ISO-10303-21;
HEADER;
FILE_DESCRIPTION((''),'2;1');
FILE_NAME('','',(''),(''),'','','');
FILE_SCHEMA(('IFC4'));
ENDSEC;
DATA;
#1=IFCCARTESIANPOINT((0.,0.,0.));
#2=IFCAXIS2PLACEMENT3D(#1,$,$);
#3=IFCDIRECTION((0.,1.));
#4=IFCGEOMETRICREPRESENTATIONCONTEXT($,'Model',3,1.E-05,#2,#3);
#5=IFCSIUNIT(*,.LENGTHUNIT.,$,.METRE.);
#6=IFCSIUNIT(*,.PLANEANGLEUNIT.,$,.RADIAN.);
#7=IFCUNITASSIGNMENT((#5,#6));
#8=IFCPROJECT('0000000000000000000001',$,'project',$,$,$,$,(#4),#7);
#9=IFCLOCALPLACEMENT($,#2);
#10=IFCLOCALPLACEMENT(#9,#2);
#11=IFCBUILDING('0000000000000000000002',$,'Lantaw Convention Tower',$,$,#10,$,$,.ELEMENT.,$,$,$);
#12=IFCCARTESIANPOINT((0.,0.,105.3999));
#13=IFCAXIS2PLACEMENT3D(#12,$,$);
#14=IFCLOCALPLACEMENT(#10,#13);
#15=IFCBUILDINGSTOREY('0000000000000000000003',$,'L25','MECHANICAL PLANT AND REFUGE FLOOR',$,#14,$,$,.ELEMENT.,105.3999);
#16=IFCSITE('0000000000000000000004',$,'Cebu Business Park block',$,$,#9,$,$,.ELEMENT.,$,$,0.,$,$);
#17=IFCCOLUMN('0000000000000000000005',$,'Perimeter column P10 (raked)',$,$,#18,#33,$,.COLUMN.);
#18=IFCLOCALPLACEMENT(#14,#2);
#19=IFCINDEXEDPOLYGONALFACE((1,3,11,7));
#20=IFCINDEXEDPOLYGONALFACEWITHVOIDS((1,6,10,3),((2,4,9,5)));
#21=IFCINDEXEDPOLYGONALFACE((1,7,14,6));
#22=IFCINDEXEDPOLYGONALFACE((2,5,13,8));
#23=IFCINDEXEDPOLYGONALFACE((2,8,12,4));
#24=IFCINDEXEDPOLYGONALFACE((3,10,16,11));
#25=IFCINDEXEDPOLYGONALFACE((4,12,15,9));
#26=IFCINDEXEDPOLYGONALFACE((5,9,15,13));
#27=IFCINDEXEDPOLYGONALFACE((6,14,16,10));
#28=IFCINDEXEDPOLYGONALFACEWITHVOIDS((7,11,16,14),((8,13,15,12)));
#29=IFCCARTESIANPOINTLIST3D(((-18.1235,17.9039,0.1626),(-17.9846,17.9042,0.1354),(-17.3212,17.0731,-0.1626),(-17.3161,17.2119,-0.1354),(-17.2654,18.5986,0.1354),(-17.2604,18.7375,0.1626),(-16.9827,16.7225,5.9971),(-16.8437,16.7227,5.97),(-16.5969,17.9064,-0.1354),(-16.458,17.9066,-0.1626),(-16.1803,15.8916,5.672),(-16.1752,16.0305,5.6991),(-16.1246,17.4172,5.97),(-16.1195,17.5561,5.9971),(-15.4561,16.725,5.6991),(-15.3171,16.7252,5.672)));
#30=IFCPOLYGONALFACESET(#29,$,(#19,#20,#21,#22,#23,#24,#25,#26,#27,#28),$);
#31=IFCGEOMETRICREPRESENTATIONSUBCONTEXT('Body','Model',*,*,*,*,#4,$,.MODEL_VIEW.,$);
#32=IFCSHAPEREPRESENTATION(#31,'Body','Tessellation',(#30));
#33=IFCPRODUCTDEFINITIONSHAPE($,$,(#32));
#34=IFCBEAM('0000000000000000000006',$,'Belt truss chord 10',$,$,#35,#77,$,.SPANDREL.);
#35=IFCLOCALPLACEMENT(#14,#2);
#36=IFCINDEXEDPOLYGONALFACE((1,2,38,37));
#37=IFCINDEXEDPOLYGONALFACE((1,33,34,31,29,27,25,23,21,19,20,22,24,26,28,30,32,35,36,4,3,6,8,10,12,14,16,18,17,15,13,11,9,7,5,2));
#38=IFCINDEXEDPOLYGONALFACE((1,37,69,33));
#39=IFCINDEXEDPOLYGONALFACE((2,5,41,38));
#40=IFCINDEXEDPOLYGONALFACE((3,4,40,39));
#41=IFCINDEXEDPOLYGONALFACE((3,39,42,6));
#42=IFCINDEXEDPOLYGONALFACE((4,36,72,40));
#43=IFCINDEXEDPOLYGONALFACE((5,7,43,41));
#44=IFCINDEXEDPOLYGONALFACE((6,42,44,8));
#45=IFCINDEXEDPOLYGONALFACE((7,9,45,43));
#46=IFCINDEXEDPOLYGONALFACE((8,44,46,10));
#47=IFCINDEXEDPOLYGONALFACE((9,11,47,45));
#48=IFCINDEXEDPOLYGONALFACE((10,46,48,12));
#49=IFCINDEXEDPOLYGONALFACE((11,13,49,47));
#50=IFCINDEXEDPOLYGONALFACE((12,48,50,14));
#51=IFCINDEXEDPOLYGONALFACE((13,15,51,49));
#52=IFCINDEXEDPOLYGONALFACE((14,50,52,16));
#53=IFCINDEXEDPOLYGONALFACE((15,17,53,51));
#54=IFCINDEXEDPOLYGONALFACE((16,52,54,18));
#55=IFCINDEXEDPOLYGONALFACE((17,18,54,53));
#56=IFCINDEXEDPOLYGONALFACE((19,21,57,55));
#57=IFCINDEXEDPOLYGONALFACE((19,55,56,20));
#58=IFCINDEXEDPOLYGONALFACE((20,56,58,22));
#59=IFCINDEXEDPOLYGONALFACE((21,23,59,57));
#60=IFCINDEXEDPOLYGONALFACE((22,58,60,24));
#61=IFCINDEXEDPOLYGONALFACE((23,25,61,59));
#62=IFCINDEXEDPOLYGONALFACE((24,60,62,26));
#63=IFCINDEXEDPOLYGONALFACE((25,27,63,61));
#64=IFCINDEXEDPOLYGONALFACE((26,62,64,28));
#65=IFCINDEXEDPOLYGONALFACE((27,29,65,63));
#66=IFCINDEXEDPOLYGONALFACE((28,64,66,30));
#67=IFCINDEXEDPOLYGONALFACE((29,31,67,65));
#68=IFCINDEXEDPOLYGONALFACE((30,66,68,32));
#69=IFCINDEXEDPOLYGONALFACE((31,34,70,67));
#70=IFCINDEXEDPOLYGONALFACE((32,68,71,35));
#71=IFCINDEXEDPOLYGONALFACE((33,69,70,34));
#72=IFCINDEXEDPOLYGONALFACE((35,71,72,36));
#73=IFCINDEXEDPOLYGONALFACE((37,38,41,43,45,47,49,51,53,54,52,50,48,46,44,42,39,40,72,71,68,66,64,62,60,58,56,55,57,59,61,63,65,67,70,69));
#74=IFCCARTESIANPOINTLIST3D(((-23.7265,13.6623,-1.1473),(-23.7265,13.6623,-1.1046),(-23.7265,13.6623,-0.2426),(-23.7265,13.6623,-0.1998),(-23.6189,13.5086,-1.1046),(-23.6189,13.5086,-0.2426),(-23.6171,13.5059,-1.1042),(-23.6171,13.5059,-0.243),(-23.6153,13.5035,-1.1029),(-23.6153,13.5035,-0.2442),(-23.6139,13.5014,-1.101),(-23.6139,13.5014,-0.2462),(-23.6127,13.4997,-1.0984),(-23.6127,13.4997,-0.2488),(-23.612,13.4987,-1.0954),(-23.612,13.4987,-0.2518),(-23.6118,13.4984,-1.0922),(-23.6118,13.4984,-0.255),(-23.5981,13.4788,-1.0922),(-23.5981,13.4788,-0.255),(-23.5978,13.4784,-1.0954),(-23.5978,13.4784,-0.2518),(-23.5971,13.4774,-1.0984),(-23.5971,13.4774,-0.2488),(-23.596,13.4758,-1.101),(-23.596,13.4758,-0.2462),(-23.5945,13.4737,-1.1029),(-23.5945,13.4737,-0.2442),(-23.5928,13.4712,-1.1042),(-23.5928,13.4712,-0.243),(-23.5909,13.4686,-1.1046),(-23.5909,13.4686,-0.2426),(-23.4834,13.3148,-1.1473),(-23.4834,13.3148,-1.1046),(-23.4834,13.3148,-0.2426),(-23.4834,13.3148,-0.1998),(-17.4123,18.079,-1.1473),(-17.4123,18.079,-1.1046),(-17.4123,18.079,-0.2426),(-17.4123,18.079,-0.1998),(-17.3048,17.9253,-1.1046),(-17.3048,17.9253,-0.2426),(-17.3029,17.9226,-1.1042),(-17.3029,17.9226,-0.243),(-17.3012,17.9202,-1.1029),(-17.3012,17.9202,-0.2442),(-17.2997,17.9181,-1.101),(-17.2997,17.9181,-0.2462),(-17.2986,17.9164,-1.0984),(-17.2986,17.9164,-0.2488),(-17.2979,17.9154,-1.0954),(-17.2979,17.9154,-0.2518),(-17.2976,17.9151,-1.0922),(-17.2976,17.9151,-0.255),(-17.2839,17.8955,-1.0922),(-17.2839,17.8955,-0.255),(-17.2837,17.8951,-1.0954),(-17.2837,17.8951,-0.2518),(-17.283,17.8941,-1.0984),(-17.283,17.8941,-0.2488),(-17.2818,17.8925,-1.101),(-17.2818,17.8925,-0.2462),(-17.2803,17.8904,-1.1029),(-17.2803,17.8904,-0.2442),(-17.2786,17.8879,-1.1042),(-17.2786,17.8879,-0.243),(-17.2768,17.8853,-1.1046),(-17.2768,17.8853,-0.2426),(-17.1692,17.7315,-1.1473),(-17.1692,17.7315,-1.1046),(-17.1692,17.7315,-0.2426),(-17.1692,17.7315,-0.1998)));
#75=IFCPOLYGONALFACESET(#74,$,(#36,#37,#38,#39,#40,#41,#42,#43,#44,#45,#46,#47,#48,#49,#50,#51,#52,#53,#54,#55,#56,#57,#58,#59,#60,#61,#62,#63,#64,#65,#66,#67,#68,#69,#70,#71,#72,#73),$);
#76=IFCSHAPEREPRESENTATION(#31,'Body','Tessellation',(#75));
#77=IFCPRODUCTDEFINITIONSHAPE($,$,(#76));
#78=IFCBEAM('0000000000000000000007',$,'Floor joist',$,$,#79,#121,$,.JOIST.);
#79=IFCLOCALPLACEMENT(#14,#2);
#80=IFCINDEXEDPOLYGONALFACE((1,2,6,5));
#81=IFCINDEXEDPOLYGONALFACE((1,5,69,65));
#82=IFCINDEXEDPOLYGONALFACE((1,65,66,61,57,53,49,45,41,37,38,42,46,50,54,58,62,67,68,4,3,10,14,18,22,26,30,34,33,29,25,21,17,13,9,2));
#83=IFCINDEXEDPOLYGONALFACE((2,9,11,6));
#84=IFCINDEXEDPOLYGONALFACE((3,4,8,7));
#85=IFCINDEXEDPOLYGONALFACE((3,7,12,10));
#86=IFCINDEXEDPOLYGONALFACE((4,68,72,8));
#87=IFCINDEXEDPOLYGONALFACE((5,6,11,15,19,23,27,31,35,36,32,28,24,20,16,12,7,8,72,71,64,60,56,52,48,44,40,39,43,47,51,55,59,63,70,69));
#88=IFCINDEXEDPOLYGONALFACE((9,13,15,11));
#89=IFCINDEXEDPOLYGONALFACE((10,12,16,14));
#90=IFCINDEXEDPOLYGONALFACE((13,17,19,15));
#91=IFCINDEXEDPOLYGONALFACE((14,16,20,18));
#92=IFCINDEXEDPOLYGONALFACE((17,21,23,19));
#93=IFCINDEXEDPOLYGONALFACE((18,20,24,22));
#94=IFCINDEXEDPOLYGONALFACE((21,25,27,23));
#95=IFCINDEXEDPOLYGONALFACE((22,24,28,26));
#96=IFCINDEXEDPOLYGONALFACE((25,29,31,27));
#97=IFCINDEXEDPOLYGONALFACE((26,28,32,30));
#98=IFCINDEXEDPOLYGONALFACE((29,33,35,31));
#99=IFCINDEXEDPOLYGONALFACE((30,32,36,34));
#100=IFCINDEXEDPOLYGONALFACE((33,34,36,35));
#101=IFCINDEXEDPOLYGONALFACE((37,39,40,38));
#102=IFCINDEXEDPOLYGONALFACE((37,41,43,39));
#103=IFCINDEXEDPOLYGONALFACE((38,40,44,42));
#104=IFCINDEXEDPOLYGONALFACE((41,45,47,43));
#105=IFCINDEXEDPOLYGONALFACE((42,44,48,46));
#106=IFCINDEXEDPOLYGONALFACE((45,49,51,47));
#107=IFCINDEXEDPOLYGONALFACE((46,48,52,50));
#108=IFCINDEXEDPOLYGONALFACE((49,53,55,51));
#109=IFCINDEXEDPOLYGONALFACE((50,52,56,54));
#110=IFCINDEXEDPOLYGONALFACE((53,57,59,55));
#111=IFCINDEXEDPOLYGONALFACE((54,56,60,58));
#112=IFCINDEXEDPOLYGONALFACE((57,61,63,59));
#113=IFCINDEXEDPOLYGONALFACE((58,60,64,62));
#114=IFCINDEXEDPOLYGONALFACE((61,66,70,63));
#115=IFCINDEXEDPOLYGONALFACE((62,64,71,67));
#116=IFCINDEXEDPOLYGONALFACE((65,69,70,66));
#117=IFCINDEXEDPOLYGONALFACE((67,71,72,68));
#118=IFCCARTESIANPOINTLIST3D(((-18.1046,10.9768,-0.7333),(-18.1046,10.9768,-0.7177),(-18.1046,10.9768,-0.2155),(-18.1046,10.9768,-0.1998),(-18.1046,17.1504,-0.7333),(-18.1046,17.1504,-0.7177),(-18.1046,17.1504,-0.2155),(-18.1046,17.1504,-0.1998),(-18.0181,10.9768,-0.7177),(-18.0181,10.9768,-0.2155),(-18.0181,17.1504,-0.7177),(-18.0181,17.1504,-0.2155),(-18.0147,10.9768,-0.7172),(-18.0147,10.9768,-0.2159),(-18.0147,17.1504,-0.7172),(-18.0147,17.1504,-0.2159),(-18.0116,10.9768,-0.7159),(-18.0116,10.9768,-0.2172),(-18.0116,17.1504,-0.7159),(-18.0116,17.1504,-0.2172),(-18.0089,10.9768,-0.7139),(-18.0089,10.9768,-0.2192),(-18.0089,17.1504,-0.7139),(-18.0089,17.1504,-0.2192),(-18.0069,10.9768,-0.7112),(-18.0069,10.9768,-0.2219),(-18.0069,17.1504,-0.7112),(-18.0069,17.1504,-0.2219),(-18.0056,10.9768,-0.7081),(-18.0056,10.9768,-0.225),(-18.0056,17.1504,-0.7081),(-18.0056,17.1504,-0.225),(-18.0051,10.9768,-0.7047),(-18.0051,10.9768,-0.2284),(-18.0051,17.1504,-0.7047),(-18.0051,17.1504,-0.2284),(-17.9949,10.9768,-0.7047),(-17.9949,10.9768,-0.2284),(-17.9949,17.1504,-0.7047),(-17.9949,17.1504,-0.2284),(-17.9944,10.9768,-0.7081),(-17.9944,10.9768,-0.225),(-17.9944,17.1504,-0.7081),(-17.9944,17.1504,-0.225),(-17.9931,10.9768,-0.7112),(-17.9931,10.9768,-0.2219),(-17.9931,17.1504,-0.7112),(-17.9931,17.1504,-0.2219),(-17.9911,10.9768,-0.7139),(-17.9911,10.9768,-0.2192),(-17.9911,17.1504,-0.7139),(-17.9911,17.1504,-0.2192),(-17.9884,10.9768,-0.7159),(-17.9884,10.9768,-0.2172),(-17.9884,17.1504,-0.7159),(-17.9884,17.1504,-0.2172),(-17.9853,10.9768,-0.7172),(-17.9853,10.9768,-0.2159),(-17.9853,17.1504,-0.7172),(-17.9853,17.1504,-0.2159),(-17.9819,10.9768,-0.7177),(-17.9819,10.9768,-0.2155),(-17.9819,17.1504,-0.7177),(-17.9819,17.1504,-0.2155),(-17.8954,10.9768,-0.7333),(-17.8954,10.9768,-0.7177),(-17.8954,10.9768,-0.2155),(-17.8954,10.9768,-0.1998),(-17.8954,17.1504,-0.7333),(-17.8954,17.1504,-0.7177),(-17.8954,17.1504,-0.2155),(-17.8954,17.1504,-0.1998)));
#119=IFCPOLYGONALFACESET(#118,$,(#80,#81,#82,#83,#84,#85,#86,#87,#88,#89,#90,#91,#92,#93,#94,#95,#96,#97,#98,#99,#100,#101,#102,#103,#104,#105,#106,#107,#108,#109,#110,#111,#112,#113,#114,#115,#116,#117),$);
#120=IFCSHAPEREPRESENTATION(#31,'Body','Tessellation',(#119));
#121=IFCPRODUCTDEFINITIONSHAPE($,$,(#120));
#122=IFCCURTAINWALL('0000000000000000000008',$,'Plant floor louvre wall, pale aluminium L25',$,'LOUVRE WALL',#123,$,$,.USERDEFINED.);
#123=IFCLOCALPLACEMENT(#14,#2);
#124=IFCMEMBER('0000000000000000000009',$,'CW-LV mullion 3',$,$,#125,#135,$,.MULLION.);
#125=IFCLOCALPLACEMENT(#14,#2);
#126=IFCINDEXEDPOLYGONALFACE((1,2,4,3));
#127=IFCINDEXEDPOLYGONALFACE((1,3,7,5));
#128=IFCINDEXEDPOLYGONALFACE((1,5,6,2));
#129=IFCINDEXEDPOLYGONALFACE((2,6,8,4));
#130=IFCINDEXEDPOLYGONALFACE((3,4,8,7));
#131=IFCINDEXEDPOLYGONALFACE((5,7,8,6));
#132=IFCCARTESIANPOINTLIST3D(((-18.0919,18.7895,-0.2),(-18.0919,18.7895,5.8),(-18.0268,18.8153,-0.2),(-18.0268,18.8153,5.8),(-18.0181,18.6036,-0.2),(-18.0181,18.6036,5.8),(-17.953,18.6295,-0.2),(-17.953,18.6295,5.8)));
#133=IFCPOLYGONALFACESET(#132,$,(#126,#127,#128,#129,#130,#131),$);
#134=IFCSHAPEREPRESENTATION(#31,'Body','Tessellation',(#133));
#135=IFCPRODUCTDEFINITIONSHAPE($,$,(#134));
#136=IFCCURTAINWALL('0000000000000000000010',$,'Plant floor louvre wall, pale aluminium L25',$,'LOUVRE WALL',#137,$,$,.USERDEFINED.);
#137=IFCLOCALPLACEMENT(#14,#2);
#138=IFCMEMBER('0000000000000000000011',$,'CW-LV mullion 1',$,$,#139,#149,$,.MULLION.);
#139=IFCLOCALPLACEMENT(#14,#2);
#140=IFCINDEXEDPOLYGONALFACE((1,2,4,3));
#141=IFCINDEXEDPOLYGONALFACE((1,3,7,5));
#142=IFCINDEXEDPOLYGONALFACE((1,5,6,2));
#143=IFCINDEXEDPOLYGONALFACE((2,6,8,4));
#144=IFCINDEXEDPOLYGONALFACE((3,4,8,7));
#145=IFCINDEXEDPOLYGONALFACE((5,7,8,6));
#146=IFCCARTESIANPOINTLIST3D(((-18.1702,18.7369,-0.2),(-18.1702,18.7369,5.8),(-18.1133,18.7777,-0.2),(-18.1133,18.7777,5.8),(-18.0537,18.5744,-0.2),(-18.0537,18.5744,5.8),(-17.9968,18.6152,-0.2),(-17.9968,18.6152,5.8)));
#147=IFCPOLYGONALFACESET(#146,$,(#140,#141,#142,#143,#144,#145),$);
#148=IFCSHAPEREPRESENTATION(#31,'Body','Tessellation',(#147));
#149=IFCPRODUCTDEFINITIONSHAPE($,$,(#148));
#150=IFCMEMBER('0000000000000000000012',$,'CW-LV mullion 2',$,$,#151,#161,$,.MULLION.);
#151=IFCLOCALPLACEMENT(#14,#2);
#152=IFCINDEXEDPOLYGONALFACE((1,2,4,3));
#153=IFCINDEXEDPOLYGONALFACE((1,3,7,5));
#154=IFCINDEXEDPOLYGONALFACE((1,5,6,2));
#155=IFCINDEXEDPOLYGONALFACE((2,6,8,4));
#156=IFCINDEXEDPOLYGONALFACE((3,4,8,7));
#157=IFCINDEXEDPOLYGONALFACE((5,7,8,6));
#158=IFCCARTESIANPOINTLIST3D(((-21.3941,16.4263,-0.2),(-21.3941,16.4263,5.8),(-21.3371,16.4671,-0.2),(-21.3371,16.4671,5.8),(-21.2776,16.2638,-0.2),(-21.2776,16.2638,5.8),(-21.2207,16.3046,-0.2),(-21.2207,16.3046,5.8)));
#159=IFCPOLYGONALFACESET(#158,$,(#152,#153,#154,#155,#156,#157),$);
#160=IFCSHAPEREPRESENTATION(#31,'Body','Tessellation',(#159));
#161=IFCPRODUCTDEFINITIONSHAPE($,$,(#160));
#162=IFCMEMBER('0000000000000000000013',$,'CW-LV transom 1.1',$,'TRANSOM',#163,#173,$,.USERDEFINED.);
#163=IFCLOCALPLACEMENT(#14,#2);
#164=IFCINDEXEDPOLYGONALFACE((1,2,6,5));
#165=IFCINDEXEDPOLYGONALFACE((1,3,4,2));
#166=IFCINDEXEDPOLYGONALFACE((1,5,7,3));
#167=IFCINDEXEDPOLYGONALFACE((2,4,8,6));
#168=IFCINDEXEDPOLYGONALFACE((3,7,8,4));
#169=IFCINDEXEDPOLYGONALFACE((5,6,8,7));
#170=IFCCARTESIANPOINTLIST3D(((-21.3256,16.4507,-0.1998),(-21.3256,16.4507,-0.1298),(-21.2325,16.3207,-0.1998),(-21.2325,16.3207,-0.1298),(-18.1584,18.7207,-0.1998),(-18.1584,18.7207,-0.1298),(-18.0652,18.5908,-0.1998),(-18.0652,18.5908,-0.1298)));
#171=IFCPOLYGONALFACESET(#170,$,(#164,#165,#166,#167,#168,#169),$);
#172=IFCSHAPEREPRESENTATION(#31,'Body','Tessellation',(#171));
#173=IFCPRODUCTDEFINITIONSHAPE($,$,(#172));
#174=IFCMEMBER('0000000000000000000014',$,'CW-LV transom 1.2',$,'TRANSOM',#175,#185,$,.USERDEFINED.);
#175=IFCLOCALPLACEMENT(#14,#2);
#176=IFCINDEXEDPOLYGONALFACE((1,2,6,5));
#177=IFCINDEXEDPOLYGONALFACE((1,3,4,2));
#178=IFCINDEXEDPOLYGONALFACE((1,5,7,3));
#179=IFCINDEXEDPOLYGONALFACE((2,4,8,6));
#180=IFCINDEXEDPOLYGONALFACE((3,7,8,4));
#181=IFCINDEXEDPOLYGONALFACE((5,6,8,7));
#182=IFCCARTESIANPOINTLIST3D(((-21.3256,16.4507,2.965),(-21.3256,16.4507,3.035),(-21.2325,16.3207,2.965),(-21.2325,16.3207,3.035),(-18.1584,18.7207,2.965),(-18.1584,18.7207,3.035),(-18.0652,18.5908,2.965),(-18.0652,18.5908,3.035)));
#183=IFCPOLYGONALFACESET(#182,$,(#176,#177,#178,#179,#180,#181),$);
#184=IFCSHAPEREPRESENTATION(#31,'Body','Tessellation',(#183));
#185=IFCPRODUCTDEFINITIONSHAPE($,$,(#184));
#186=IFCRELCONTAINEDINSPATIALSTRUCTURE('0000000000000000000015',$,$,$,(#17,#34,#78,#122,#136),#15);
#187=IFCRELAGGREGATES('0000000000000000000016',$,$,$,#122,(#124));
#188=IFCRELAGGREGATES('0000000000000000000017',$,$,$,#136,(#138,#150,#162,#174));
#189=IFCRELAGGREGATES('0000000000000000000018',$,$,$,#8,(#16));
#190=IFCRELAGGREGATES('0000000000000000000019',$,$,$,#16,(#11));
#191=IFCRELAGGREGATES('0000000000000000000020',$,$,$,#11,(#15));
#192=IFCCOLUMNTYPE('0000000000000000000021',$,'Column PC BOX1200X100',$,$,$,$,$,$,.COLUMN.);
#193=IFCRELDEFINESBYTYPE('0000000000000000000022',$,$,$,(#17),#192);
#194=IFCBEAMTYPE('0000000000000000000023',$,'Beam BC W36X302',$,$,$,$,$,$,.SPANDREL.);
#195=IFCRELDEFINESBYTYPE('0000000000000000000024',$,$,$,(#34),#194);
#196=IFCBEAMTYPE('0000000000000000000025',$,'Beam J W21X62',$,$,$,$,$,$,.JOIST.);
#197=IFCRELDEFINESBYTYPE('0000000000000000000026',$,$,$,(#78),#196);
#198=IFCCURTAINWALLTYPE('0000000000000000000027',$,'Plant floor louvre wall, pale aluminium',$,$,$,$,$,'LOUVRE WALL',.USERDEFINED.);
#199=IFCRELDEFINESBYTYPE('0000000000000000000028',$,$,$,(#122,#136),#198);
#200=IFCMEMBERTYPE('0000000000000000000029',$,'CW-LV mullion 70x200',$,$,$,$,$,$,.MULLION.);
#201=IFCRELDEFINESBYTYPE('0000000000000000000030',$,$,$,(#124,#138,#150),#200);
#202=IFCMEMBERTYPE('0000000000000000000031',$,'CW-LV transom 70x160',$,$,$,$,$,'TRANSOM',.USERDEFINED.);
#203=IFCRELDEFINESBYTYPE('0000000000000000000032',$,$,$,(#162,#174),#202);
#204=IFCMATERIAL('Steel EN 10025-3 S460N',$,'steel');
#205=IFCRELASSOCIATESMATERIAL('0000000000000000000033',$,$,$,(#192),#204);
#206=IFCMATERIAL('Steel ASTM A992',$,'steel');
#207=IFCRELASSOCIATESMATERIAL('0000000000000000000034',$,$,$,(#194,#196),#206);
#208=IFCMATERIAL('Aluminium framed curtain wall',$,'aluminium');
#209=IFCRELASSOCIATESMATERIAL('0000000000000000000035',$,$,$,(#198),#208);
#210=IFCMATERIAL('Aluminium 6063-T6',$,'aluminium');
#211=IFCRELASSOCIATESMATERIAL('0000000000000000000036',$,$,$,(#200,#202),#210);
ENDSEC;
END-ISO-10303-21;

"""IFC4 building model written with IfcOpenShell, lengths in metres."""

from ifc_helpers import new_model, si_unit, direction, frame, origin, origin_2d, place, context, subcontext, project, spatial, rectangle, hollow_rectangle, i_section, extrude, material, material_profile, profile_set, type_object, element, aggregate, save


model = new_model("IFC4")

# Units and contexts
model_context = context("Model", 3, precision=1e-05, world=origin(), true_north=direction((0.0, 1.0)))
body_context = subcontext(model_context, "Body", "Model", "MODEL_VIEW")
ifc_project = project(units=[si_unit("LENGTHUNIT", "METRE"), si_unit("PLANEANGLEUNIT", "RADIAN")], contexts=[model_context])

# Site, building, storey
site_placement = place(None, origin())
site = spatial("IfcSite", under=ifc_project, at=site_placement, Name="Cebu Business Park block", CompositionType="ELEMENT", RefElevation=0.0)
building_placement = place(site_placement, origin())
building = spatial("IfcBuilding", under=site, at=building_placement, Name="Lantaw Convention Tower", CompositionType="ELEMENT")
storey_placement = place(building_placement, frame((0.0, 0.0, 105.3999)))
storey = spatial("IfcBuildingStorey", under=building, at=storey_placement, Name="L25", Description="MECHANICAL PLANT AND REFUGE FLOOR", CompositionType="ELEMENT", Elevation=105.3999)

# Column
ifc_material_1 = material(Name="Steel EN 10025-3 S460N", Category="steel")
ifc_material_profile_1 = material_profile(ifc_material_1, hollow_rectangle(XDim=1.2, YDim=1.2, WallThickness=0.1001, at=origin_2d()), Name="BOX1200X100")
ifc_material_2 = material(Name="Concrete C60/75", Category="concrete")
ifc_material_profile_2 = material_profile(ifc_material_2, rectangle(XDim=1.0, YDim=1.0, at=origin_2d()), Name="Concrete fill of BOX1200X100")
ifc_profile_set_1 = profile_set([ifc_material_profile_1, ifc_material_profile_2], Name="Steel EN 10025-3 S460N")
column_type = type_object("IfcColumnType", Name="Column PC BOX1200X100", PredefinedType="COLUMN", material=ifc_profile_set_1)
column_placement = place(storey_placement, frame((-17.2908, 17.9053, 0.0), z_axis=(0.188224, -0.194911, 0.962591), x_axis=(0.719337, 0.694661, 0.0)))
element("IfcColumn", 1, at=column_placement, inside=storey, type_object=column_type, Name="Perimeter column P10 (raked)", PredefinedType="COLUMN", context=body_context, shape_type="SweptSolid", body=[
    extrude(hollow_rectangle(XDim=1.2, YDim=1.2, WallThickness=0.1001, at=origin_2d()), origin(), (0.0, 0.0, 1.0), 6.0613),
])

# Beams
ifc_material_3 = material(Name="Steel ASTM A992", Category="steel")
ifc_material_profile_3 = material_profile(ifc_material_3, i_section(OverallWidth=0.4241, OverallDepth=0.9475, WebThickness=0.0239, FlangeThickness=0.0427, FilletRadius=0.0125, at=origin_2d()), Name="W36X302")
ifc_profile_set_2 = profile_set([ifc_material_profile_3], Name="Steel ASTM A992")
beam_type_1 = type_object("IfcBeamType", Name="Beam BC W36X302", PredefinedType="SPANDREL", material=ifc_profile_set_2)
beam_1_placement = place(storey_placement, frame((-17.2908, 17.9053, -0.6736), z_axis=(-0.819427, -0.573184, 0.0), x_axis=(0.573184, -0.819427, 0.0)))
element("IfcBeam", 2, at=beam_1_placement, inside=storey, type_object=beam_type_1, Name="Belt truss chord 10", PredefinedType="SPANDREL", context=body_context, shape_type="SweptSolid", body=[
    extrude(i_section(OverallWidth=0.4241, OverallDepth=0.9475, WebThickness=0.0239, FlangeThickness=0.0427, FilletRadius=0.0125, at=origin_2d()), origin(), (0.0, 0.0, 1.0), 7.7056),
])
ifc_material_profile_4 = material_profile(ifc_material_3, i_section(OverallWidth=0.2092, OverallDepth=0.5334, WebThickness=0.0103, FlangeThickness=0.0156, FilletRadius=0.0129, at=origin_2d()), Name="W21X62")
ifc_profile_set_3 = profile_set([ifc_material_profile_4], Name="Steel ASTM A992")
beam_type_2 = type_object("IfcBeamType", Name="Beam J W21X62", PredefinedType="JOIST", material=ifc_profile_set_3)
beam_2_placement = place(storey_placement, frame((-18.0, 10.9768, -0.4666), z_axis=(0.0, 1.0, 0.0), x_axis=(-1.0, 0.0, 0.0)))
element("IfcBeam", 3, at=beam_2_placement, inside=storey, type_object=beam_type_2, Name="Floor joist", PredefinedType="JOIST", context=body_context, shape_type="SweptSolid", body=[
    extrude(i_section(OverallWidth=0.2092, OverallDepth=0.5334, WebThickness=0.0103, FlangeThickness=0.0156, FilletRadius=0.0129, at=origin_2d()), origin(), (0.0, 0.0, 1.0), 6.1736),
])

# Curtain wall, member
ifc_material_4 = material(Name="Aluminium framed curtain wall", Category="aluminium")
curtain_wall_type = type_object("IfcCurtainWallType", Name="Plant floor louvre wall, pale aluminium", ElementType="LOUVRE WALL", PredefinedType="USERDEFINED", material=ifc_material_4)
curtain_wall_1_placement = place(storey_placement, origin())
curtain_wall_1 = element("IfcCurtainWall", 4, at=curtain_wall_1_placement, inside=storey, type_object=curtain_wall_type, Name="Plant floor louvre wall, pale aluminium L25", ObjectType="LOUVRE WALL", PredefinedType="USERDEFINED")
ifc_material_5 = material(Name="Aluminium 6063-T6", Category="aluminium")
ifc_material_profile_5 = material_profile(ifc_material_5, rectangle(XDim=0.2, YDim=0.0701, at=origin_2d()), Name="CW-LV mullion 70x200")
ifc_profile_set_4 = profile_set([ifc_material_profile_5], Name="Aluminium 6063-T6")
member_type_1 = type_object("IfcMemberType", Name="CW-LV mullion 70x200", PredefinedType="MULLION", material=ifc_profile_set_4)
member_1_placement = place(storey_placement, frame((-18.0225, 18.7095, -0.2), z_axis=(0.0, 0.0, 1.0), x_axis=(0.369172, -0.929361, 0.0)))
member_1 = element("IfcMember", 5, at=member_1_placement, type_object=member_type_1, Name="CW-LV mullion 3", PredefinedType="MULLION", context=body_context, shape_type="SweptSolid", body=[
    extrude(rectangle(XDim=0.2, YDim=0.0701, at=origin_2d()), origin(), (0.0, 0.0, 1.0), 6.0),
])

# Curtain wall, members
curtain_wall_2_placement = place(storey_placement, origin())
curtain_wall_2 = element("IfcCurtainWall", 6, at=curtain_wall_2_placement, inside=storey, type_object=curtain_wall_type, Name="Plant floor louvre wall, pale aluminium L25", ObjectType="LOUVRE WALL", PredefinedType="USERDEFINED")
member_2_placement = place(storey_placement, frame((-18.0835, 18.676, -0.2), z_axis=(0.0, 0.0, 1.0), x_axis=(0.582538, -0.812804, 0.0)))
member_2 = element("IfcMember", 7, at=member_2_placement, type_object=member_type_1, Name="CW-LV mullion 1", PredefinedType="MULLION", context=body_context, shape_type="SweptSolid", body=[
    extrude(rectangle(XDim=0.2, YDim=0.0701, at=origin_2d()), origin(), (0.0, 0.0, 1.0), 6.0),
])
member_3_placement = place(storey_placement, frame((-21.3074, 16.3655, -0.2), z_axis=(0.0, 0.0, 1.0), x_axis=(0.582538, -0.812804, 0.0)))
member_3 = element("IfcMember", 8, at=member_3_placement, type_object=member_type_1, Name="CW-LV mullion 2", PredefinedType="MULLION", context=body_context, shape_type="SweptSolid", body=[
    extrude(rectangle(XDim=0.2, YDim=0.0701, at=origin_2d()), origin(), (0.0, 0.0, 1.0), 6.0),
])
ifc_material_profile_6 = material_profile(ifc_material_5, rectangle(XDim=0.1599, YDim=0.0701, at=origin_2d()), Name="CW-LV transom 70x160")
ifc_profile_set_5 = profile_set([ifc_material_profile_6], Name="Aluminium 6063-T6")
member_type_2 = type_object("IfcMemberType", Name="CW-LV transom 70x160", ElementType="TRANSOM", PredefinedType="USERDEFINED", material=ifc_profile_set_5)
member_4_placement = place(storey_placement, frame((-18.1118, 18.6558, -0.1648), z_axis=(-0.812797, -0.582547, 0.0), x_axis=(0.582547, -0.812797, 0.0)))
member_4 = element("IfcMember", 9, at=member_4_placement, type_object=member_type_2, Name="CW-LV transom 1.1", ObjectType="TRANSOM", PredefinedType="USERDEFINED", context=body_context, shape_type="SweptSolid", body=[
    extrude(rectangle(XDim=0.1599, YDim=0.0701, at=origin_2d()), origin(), (0.0, 0.0, 1.0), 3.8967),
])
member_5_placement = place(storey_placement, frame((-18.1118, 18.6558, 3.0), z_axis=(-0.812797, -0.582547, 0.0), x_axis=(0.582547, -0.812797, 0.0)))
member_5 = element("IfcMember", 10, at=member_5_placement, type_object=member_type_2, Name="CW-LV transom 1.2", ObjectType="TRANSOM", PredefinedType="USERDEFINED", context=body_context, shape_type="SweptSolid", body=[
    extrude(rectangle(XDim=0.1599, YDim=0.0701, at=origin_2d()), origin(), (0.0, 0.0, 1.0), 3.8967),
])

aggregate(curtain_wall_1, [member_1])
aggregate(curtain_wall_2, [member_2, member_3, member_4, member_5])

save(model, "model.ifc")
